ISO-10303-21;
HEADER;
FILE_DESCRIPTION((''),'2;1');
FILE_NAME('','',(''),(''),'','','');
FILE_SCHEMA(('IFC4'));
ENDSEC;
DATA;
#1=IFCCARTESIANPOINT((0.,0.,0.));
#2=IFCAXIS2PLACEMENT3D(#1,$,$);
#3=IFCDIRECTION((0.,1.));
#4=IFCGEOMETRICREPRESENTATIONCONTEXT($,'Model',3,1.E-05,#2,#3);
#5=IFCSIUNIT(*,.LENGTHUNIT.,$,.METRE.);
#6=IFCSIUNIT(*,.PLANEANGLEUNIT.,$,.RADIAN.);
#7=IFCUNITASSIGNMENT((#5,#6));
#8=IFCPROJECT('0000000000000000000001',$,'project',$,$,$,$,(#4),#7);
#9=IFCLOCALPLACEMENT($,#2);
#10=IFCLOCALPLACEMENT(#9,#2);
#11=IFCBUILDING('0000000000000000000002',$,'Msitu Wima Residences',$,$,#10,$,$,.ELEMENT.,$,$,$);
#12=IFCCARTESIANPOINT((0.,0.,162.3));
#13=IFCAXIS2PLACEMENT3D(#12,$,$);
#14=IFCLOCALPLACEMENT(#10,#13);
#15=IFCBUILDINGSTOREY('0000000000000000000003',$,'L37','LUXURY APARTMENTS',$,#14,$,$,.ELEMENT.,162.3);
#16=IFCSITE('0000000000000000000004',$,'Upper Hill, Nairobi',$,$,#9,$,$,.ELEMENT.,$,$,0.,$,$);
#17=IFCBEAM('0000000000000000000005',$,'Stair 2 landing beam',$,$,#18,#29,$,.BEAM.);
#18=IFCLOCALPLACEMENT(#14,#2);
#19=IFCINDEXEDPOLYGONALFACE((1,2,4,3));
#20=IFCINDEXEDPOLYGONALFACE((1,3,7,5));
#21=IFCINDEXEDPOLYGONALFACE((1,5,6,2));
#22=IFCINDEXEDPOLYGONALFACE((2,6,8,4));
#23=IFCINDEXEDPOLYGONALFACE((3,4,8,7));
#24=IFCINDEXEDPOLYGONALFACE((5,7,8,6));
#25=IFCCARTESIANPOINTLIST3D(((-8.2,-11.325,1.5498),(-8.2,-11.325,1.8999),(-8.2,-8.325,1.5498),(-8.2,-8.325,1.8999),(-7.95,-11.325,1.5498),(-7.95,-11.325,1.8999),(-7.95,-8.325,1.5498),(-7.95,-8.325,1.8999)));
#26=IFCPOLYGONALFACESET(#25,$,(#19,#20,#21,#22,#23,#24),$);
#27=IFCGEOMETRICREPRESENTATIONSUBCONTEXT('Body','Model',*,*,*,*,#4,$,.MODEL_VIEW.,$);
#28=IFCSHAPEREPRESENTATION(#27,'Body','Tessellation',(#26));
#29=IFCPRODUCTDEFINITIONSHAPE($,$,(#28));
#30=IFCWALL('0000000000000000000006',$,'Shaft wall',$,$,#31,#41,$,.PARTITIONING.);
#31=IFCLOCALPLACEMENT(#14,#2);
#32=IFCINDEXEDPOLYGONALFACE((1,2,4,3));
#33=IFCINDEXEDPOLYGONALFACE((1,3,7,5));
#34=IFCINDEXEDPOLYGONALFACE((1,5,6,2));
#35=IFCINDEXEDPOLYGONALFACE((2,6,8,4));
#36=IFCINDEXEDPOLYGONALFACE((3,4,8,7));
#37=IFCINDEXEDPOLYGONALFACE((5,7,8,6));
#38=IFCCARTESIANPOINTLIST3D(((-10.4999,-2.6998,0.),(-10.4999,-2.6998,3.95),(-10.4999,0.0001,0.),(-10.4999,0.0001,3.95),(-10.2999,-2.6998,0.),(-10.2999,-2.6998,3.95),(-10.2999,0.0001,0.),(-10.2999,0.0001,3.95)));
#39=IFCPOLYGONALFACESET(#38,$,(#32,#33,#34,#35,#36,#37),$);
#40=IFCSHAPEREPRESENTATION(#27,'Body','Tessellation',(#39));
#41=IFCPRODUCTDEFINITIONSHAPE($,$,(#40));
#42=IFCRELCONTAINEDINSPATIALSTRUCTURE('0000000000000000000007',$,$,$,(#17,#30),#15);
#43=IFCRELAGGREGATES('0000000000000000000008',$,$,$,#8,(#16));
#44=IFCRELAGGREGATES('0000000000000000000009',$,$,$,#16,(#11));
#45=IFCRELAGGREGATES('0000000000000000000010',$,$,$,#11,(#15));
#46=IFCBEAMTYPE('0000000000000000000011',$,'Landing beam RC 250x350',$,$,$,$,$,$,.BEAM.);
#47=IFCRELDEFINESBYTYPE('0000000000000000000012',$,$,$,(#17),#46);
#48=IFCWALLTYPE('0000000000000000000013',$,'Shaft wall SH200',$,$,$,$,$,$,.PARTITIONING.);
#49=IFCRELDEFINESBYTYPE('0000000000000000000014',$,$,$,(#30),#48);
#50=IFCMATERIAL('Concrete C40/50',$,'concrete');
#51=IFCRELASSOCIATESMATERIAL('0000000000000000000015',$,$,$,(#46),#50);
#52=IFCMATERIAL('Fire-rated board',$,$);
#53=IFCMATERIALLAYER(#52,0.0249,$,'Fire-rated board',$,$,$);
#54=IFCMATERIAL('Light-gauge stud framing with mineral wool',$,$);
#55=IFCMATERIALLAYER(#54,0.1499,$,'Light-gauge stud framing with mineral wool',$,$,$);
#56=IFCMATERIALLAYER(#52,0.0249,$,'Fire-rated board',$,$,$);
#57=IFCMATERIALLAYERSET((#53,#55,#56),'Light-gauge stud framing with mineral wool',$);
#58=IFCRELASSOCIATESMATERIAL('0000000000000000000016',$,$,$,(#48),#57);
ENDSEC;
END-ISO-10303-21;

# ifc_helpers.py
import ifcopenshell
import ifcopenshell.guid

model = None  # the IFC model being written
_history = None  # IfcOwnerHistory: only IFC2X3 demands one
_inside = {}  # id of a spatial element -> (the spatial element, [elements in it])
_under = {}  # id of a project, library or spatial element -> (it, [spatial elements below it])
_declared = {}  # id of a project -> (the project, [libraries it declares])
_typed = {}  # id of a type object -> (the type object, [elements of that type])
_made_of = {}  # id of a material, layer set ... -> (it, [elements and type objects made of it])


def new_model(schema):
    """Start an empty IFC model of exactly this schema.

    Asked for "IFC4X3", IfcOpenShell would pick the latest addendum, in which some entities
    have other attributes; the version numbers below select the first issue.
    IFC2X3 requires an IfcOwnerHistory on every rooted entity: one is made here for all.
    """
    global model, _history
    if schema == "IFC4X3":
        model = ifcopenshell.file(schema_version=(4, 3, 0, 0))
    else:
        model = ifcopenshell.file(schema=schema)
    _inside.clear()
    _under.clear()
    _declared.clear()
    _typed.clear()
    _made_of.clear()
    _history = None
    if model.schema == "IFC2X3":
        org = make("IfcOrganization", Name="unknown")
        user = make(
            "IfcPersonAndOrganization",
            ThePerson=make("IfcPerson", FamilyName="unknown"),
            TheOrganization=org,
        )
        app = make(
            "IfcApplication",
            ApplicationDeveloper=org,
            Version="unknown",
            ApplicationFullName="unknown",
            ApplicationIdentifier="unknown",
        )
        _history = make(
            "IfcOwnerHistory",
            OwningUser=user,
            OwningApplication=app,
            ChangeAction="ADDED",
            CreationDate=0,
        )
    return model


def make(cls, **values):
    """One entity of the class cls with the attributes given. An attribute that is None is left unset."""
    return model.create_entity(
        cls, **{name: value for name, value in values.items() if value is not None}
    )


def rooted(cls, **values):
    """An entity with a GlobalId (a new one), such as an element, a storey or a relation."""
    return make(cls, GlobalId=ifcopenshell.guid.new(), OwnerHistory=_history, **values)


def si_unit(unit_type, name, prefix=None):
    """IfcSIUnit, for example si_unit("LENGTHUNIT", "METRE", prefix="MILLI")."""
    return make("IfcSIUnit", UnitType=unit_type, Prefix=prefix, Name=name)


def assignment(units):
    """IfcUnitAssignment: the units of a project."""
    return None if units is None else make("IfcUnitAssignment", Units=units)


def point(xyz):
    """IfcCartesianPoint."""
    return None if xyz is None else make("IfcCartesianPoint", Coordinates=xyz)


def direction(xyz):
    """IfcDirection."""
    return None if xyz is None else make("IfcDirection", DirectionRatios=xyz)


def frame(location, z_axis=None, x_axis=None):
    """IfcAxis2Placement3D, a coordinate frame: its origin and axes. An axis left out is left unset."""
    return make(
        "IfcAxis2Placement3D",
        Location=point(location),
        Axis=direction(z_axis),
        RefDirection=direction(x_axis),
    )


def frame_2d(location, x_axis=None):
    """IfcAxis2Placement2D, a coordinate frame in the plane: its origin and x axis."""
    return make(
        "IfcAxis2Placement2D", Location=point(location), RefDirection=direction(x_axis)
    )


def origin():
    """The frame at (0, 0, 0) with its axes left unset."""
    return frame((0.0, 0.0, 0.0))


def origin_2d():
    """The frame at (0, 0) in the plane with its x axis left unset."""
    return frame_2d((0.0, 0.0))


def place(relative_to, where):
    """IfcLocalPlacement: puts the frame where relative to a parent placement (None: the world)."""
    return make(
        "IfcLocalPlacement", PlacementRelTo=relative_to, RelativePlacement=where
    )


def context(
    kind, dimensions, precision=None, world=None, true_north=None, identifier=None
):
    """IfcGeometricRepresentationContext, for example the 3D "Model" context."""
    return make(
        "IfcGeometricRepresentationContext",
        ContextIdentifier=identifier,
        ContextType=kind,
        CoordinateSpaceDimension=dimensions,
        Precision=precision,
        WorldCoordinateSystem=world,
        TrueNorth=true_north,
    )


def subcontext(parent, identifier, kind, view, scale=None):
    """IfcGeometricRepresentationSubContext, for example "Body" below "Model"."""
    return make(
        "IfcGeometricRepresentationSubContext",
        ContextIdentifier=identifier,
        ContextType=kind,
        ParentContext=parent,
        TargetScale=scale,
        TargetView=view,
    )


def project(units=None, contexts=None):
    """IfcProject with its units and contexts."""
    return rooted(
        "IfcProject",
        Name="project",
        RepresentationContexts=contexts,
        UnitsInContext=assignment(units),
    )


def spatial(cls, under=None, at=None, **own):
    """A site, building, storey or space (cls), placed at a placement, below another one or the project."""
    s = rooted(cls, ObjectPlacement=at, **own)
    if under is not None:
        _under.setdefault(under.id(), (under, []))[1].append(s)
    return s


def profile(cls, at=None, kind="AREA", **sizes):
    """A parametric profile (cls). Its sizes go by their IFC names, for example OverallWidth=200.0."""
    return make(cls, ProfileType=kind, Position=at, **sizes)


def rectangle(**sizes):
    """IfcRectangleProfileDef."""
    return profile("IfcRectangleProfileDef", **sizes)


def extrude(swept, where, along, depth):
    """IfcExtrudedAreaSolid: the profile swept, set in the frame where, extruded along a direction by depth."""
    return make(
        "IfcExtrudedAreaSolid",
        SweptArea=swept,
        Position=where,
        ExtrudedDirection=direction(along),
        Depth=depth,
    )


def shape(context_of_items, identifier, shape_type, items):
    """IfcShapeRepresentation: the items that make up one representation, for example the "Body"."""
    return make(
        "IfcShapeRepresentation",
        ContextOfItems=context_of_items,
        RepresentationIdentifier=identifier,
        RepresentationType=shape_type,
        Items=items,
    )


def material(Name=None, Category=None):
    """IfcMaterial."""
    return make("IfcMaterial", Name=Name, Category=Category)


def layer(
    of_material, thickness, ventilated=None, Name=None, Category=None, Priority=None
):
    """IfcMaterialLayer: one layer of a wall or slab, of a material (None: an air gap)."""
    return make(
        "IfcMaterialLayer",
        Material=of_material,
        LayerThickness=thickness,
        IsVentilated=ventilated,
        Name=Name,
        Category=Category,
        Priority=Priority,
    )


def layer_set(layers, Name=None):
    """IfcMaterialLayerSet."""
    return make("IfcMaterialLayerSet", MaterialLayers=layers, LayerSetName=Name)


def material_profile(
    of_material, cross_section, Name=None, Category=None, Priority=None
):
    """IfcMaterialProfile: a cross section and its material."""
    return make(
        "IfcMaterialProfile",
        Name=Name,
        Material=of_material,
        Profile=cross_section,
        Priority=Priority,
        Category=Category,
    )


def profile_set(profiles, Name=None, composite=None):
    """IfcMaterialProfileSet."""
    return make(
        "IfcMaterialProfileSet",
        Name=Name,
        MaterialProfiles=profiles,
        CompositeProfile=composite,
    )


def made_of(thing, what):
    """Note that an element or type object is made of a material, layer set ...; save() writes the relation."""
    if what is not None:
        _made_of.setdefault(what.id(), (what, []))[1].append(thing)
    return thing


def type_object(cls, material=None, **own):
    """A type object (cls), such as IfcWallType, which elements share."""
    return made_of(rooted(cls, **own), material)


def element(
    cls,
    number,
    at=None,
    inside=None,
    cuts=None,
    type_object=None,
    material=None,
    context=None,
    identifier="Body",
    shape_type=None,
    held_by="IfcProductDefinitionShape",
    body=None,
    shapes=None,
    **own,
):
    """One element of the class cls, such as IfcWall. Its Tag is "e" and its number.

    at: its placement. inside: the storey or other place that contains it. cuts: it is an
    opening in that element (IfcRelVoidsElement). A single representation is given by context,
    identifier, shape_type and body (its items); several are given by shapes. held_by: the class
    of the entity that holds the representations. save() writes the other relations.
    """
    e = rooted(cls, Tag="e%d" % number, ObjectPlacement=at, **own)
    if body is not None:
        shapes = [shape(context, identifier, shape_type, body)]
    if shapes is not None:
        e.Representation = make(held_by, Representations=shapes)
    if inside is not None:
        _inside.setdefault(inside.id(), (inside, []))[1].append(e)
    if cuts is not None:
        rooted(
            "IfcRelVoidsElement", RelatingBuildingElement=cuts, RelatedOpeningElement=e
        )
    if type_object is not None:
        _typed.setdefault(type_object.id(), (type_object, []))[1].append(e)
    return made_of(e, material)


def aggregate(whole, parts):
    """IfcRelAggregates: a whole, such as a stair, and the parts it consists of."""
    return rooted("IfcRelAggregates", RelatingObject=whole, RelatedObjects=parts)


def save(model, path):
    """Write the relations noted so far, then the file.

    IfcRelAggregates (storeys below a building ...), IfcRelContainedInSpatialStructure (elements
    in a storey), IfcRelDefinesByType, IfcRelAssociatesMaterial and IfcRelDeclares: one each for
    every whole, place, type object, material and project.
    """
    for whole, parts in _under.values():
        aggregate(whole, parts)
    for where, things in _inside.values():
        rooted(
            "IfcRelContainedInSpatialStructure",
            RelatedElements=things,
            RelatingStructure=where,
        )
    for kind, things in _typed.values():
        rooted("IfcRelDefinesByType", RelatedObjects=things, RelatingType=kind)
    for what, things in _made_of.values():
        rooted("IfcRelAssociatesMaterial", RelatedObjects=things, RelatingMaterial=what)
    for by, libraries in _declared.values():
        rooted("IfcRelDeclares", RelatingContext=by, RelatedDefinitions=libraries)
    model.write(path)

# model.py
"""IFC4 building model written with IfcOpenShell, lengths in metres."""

from ifc_helpers import new_model, si_unit, direction, frame, frame_2d, origin, origin_2d, place, context, subcontext, project, spatial, rectangle, extrude, material, layer, layer_set, material_profile, profile_set, type_object, element, save


model = new_model("IFC4")

# Units and contexts
model_context = context("Model", 3, precision=1e-05, world=origin(), true_north=direction((0.0, 1.0)))
body_context = subcontext(model_context, "Body", "Model", "MODEL_VIEW")
ifc_project = project(units=[si_unit("LENGTHUNIT", "METRE"), si_unit("PLANEANGLEUNIT", "RADIAN")], contexts=[model_context])

# Site, building, storey
site_placement = place(None, origin())
site = spatial("IfcSite", under=ifc_project, at=site_placement, Name="Upper Hill, Nairobi", CompositionType="ELEMENT", RefElevation=0.0)
building_placement = place(site_placement, origin())
building = spatial("IfcBuilding", under=site, at=building_placement, Name="Msitu Wima Residences", CompositionType="ELEMENT")
storey_placement = place(building_placement, frame((0.0, 0.0, 162.3)))
storey = spatial("IfcBuildingStorey", under=building, at=storey_placement, Name="L37", Description="LUXURY APARTMENTS", CompositionType="ELEMENT", Elevation=162.3)

# Beam
ifc_material_1 = material(Name="Concrete C40/50", Category="concrete")
ifc_material_profile = material_profile(ifc_material_1, rectangle(XDim=0.25, YDim=0.3501, at=origin_2d()), Name="RC 250x350")
ifc_profile_set = profile_set([ifc_material_profile], Name="Concrete C40/50")
beam_type = type_object("IfcBeamType", Name="Landing beam RC 250x350", PredefinedType="BEAM", material=ifc_profile_set)
beam_placement = place(storey_placement, frame((-8.075, -11.325, 1.7249), z_axis=(0.0, 1.0, 0.0), x_axis=(-1.0, 0.0, 0.0)))
element("IfcBeam", 1, at=beam_placement, inside=storey, type_object=beam_type, Name="Stair 2 landing beam", PredefinedType="BEAM", context=body_context, shape_type="SweptSolid", body=[
    extrude(rectangle(XDim=0.25, YDim=0.3501, at=origin_2d()), origin(), (0.0, 0.0, 1.0), 3.0),
])

# Wall
ifc_material_2 = material(Name="Fire-rated board")
ifc_layer_1 = layer(ifc_material_2, 0.0249, Name="Fire-rated board")
ifc_material_3 = material(Name="Light-gauge stud framing with mineral wool")
ifc_layer_2 = layer(ifc_material_3, 0.1499, Name="Light-gauge stud framing with mineral wool")
ifc_layer_3 = layer(ifc_material_2, 0.0249, Name="Fire-rated board")
ifc_layer_set = layer_set([ifc_layer_1, ifc_layer_2, ifc_layer_3], Name="Light-gauge stud framing with mineral wool")
wall_type = type_object("IfcWallType", Name="Shaft wall SH200", PredefinedType="PARTITIONING", material=ifc_layer_set)
wall_1_placement = place(storey_placement, frame((-10.3999, -2.7, 0.0), z_axis=(0.0, 0.0, 1.0), x_axis=(0.0, 1.0, 0.0)))
element("IfcWall", 2, at=wall_1_placement, inside=storey, type_object=wall_type, Name="Shaft wall", PredefinedType="PARTITIONING", context=body_context, shape_type="SweptSolid", body=[
    extrude(rectangle(XDim=2.7, YDim=0.2, at=frame_2d((1.3501, 0.0))), origin(), (0.0, 0.0, 1.0), 3.95),
])

save(model, "model.ifc")
